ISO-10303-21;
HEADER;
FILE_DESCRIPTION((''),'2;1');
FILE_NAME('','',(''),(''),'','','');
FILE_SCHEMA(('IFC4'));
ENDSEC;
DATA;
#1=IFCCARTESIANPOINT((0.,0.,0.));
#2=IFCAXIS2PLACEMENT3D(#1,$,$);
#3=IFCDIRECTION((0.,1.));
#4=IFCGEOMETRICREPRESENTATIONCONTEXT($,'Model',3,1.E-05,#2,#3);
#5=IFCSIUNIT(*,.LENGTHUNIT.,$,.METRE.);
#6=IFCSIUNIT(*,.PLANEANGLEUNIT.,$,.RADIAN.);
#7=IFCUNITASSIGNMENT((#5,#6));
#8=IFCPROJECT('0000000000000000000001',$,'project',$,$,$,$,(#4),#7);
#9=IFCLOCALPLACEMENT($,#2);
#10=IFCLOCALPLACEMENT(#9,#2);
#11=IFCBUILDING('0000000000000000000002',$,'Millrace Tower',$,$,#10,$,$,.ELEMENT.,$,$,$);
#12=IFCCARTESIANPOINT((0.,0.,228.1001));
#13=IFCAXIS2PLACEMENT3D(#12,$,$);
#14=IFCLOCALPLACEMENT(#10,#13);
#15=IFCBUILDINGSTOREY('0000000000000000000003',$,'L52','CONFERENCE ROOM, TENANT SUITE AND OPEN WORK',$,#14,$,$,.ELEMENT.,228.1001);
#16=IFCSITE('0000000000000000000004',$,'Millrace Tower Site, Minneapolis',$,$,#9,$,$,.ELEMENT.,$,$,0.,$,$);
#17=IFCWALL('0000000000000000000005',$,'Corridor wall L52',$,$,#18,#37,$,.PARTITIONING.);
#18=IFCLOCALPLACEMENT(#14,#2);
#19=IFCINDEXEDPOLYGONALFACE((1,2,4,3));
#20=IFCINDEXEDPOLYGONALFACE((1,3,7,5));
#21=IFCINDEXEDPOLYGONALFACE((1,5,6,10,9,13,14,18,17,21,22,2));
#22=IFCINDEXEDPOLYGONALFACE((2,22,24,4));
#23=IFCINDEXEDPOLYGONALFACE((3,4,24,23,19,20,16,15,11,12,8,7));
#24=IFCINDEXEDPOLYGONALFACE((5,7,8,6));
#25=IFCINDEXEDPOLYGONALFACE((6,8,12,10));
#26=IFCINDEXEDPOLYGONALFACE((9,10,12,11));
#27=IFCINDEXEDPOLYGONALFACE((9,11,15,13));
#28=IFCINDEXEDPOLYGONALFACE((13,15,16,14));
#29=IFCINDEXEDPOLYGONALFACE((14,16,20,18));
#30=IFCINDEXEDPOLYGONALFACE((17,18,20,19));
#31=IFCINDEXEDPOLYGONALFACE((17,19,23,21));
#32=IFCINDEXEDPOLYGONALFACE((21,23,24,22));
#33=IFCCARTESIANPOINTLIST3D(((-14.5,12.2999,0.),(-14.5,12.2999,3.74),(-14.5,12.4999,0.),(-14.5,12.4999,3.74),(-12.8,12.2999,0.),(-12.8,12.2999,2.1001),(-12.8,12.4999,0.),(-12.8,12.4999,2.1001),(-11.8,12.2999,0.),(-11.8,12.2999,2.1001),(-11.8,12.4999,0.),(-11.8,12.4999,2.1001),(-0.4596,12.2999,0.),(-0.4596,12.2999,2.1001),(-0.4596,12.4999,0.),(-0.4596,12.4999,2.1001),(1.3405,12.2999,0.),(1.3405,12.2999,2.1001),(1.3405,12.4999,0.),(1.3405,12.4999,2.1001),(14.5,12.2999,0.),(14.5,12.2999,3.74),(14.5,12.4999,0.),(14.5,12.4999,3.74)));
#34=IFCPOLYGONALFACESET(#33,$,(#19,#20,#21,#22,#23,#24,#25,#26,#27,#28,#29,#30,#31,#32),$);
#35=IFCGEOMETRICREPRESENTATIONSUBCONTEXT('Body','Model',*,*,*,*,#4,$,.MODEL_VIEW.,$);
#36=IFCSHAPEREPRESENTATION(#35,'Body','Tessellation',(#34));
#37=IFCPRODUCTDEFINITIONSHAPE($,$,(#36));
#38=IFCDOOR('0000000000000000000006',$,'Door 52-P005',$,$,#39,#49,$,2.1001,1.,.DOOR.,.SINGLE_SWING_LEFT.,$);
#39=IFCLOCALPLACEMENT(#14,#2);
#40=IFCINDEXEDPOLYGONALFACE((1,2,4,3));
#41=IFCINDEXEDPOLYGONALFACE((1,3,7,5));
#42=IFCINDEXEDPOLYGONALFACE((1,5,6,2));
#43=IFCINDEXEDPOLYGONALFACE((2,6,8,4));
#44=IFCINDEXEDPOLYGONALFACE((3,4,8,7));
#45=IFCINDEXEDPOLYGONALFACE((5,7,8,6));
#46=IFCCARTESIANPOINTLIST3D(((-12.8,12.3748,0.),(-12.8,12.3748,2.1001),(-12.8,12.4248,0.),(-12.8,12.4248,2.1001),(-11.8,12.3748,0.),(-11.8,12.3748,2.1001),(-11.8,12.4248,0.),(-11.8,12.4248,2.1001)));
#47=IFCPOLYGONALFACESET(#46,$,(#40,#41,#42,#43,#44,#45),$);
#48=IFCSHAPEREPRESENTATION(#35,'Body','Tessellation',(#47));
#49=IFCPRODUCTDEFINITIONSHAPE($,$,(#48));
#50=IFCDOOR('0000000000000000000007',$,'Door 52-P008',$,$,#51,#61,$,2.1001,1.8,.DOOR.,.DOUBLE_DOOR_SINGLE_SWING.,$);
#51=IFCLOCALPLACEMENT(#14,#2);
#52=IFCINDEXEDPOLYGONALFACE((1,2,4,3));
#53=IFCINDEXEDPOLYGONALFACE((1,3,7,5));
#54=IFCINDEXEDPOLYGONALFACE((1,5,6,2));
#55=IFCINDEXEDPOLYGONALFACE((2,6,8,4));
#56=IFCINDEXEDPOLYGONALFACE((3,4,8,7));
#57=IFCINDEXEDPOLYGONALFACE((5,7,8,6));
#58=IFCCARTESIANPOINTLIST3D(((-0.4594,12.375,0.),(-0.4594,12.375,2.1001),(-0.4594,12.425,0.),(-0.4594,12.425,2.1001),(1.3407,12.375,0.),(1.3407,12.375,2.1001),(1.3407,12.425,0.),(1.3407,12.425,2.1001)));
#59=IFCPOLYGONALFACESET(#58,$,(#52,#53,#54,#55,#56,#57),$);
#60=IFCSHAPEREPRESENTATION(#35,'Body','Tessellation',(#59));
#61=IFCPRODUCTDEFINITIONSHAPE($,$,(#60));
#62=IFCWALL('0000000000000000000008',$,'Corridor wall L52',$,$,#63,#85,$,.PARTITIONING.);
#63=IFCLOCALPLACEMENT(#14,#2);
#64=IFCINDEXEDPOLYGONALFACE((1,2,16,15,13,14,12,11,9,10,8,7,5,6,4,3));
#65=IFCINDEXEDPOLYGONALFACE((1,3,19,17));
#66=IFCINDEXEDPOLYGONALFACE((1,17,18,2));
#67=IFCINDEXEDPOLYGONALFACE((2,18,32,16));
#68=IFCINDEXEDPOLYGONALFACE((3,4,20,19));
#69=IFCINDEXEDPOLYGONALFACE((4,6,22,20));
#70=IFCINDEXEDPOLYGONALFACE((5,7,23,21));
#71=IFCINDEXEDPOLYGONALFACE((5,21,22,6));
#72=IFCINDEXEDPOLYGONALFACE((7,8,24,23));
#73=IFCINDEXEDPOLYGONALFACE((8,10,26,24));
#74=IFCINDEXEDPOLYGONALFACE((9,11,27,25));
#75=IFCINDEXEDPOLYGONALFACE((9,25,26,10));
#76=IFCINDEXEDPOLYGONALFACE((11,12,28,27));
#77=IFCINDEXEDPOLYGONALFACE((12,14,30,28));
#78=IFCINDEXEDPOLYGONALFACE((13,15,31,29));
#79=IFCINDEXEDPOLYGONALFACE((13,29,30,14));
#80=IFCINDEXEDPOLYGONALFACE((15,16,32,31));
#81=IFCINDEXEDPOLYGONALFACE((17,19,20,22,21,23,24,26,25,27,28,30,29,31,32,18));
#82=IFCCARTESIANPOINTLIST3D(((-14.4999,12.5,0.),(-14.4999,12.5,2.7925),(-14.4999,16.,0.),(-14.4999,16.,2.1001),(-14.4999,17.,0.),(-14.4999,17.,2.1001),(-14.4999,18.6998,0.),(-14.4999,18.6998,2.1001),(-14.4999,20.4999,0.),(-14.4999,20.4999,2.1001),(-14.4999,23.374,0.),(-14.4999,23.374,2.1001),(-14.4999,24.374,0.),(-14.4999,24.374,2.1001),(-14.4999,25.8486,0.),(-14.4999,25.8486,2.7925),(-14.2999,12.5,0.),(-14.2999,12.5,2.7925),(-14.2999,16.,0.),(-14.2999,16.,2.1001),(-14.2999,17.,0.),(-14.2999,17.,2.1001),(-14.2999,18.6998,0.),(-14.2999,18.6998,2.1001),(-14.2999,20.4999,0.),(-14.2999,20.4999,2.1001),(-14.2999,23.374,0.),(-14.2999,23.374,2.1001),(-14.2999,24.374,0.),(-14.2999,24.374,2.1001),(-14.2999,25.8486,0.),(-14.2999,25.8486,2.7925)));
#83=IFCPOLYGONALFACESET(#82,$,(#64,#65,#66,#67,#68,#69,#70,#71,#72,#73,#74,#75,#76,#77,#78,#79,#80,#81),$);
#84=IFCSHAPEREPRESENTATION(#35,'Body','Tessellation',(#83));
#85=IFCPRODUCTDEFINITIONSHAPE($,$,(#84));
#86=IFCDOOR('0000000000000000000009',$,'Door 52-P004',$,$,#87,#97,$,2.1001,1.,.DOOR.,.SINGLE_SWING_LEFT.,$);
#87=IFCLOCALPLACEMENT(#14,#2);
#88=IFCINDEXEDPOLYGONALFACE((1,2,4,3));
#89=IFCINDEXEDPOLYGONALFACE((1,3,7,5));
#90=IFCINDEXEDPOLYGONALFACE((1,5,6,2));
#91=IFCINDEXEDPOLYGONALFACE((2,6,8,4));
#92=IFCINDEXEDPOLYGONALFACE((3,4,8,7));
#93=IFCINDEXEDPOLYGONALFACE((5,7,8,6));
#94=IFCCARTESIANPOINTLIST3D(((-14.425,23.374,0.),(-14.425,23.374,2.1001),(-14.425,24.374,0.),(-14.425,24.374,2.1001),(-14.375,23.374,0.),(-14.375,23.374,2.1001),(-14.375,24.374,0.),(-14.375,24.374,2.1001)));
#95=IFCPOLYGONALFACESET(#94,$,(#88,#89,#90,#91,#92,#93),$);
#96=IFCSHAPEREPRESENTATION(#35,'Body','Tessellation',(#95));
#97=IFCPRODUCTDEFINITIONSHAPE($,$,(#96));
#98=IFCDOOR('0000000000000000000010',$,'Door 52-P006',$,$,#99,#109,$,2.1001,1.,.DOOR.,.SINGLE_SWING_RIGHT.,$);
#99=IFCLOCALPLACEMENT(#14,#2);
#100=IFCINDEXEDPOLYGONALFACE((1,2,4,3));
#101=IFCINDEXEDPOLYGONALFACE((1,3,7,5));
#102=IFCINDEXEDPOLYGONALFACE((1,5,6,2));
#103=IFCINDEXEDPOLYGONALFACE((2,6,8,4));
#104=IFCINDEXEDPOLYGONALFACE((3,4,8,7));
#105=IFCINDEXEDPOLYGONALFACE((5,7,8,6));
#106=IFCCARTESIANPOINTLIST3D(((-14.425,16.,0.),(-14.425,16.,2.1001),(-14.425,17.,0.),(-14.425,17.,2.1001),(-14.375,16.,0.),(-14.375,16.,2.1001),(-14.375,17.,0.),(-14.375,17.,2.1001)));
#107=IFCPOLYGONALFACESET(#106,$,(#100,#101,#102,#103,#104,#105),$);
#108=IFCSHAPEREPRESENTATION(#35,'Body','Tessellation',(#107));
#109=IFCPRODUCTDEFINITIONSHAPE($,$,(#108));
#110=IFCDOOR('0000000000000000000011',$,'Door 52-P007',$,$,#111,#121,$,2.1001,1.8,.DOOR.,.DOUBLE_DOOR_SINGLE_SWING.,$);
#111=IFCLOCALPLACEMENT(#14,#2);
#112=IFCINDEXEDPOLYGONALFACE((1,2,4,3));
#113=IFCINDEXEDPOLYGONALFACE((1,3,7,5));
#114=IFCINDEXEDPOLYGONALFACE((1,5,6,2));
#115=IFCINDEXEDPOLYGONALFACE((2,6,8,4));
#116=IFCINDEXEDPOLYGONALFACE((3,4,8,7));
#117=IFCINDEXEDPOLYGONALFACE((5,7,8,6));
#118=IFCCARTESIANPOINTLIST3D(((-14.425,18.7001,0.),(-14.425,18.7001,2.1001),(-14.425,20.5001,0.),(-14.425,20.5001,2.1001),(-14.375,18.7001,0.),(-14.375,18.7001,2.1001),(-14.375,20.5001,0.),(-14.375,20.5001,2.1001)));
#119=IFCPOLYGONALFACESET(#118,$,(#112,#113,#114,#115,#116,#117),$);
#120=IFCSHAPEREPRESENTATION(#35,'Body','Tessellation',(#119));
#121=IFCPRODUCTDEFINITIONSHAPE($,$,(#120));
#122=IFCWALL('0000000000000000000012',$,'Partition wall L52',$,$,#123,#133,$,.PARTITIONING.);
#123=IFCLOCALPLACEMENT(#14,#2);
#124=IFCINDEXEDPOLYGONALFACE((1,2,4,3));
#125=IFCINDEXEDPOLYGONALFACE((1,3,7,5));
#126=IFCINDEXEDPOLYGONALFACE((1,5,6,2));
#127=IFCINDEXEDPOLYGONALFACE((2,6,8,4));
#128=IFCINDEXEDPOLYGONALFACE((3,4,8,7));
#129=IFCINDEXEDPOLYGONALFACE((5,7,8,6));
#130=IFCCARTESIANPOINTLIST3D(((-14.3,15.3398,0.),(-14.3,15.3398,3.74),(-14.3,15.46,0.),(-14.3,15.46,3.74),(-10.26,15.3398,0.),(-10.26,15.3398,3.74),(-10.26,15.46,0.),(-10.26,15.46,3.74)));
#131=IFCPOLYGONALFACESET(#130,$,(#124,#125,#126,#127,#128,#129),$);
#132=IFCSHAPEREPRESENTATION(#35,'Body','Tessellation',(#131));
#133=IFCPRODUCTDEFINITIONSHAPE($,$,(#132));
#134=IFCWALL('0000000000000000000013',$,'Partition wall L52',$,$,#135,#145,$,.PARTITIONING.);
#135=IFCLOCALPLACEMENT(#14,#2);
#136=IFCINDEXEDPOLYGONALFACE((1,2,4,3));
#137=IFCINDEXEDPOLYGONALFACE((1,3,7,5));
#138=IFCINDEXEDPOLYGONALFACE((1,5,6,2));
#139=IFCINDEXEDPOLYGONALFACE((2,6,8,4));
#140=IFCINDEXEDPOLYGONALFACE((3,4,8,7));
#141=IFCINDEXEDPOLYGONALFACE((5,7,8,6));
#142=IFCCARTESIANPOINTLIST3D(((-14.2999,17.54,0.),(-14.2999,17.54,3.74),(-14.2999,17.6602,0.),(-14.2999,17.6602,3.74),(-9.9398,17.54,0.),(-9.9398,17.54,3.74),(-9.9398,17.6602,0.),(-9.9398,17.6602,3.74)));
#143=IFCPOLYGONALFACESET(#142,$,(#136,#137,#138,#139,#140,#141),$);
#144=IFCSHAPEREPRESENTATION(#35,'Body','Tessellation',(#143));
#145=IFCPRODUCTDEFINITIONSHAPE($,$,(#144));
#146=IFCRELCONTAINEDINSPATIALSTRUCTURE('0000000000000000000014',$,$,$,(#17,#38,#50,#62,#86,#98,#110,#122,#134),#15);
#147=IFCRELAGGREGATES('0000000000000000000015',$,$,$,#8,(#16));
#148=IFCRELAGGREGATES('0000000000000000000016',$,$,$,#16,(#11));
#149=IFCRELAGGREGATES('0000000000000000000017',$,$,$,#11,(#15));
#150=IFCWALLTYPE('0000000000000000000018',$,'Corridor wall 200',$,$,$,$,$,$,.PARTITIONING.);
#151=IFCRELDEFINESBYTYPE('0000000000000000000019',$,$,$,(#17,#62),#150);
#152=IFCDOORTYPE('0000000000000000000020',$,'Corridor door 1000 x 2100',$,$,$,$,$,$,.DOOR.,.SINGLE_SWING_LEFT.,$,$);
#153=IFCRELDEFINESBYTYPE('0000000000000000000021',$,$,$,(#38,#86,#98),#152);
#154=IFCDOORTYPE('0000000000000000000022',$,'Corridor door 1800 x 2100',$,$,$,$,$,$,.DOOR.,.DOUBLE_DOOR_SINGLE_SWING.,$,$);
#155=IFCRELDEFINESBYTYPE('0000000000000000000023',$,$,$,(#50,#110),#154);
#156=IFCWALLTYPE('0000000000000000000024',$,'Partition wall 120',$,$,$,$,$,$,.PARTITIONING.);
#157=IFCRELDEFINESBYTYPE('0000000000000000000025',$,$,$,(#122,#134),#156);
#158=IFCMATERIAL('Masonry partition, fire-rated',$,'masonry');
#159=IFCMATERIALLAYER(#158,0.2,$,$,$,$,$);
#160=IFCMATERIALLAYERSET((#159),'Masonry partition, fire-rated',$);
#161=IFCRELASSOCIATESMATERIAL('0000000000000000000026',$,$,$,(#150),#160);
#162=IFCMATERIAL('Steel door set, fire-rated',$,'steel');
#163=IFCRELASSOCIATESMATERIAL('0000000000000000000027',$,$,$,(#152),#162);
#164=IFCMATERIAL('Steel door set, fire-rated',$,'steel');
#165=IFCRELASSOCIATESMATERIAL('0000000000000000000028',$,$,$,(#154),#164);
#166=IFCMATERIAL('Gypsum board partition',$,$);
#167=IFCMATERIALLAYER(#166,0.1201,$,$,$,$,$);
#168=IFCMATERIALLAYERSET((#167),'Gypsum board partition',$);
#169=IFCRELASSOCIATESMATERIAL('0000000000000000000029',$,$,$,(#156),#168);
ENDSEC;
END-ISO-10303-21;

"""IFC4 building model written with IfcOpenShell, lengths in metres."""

from ifc_helpers import new_model, si_unit, direction, frame, frame_2d, origin, place, context, subcontext, project, spatial, rectangle, extrude, material, layer, layer_set, type_object, element, fill, save


model = new_model("IFC4")

# Units and contexts
model_context = context("Model", 3, precision=1e-05, world=origin(), true_north=direction((0.0, 1.0)))
body_context = subcontext(model_context, "Body", "Model", "MODEL_VIEW")
ifc_project = project(units=[si_unit("LENGTHUNIT", "METRE"), si_unit("PLANEANGLEUNIT", "RADIAN")], contexts=[model_context])

# Site, building, storey
site_placement = place(None, origin())
site = spatial("IfcSite", under=ifc_project, at=site_placement, Name="Millrace Tower Site, Minneapolis", CompositionType="ELEMENT", RefElevation=0.0)
building_placement = place(site_placement, origin())
building = spatial("IfcBuilding", under=site, at=building_placement, Name="Millrace Tower", CompositionType="ELEMENT")
storey_placement = place(building_placement, frame((0.0, 0.0, 228.1001)))
storey = spatial("IfcBuildingStorey", under=building, at=storey_placement, Name="L52", Description="CONFERENCE ROOM, TENANT SUITE AND OPEN WORK", CompositionType="ELEMENT", Elevation=228.1001)

# Walls, openings, doors
ifc_material_1 = material(Name="Masonry partition, fire-rated", Category="masonry")
ifc_layer_1 = layer(ifc_material_1, 0.2)
ifc_layer_set_1 = layer_set([ifc_layer_1], Name="Masonry partition, fire-rated")
wall_type_1 = type_object("IfcWallType", Name="Corridor wall 200", PredefinedType="PARTITIONING", material=ifc_layer_set_1)
wall_1_placement = place(storey_placement, frame((-14.5, 12.3999, 0.0), z_axis=(0.0, 0.0, 1.0), x_axis=(1.0, 0.0, 0.0)))
wall_1 = element("IfcWall", 1, at=wall_1_placement, inside=storey, type_object=wall_type_1, Name="Corridor wall L52", PredefinedType="PARTITIONING", context=body_context, shape_type="SweptSolid", body=[
    extrude(rectangle(XDim=29.0, YDim=0.2, at=frame_2d((14.5, 0.0))), origin(), (0.0, 0.0, 1.0), 3.74),
])
opening_1_placement = place(wall_1_placement, frame((1.7, 0.0, 0.0)))
opening_1 = element("IfcOpeningElement", 2, at=opening_1_placement, cuts=wall_1, PredefinedType="OPENING", context=body_context, shape_type="SweptSolid", body=[
    extrude(rectangle(XDim=1.0, YDim=2.1001, at=frame_2d((0.5, 1.05))), frame((0.0, 0.1099, 0.0), z_axis=(0.0, -1.0, 0.0), x_axis=(1.0, 0.0, 0.0)), (0.0, 0.0, 1.0), 0.22),
])
opening_2_placement = place(wall_1_placement, frame((14.0405, 0.0, 0.0)))
opening_2 = element("IfcOpeningElement", 3, at=opening_2_placement, cuts=wall_1, PredefinedType="OPENING", context=body_context, shape_type="SweptSolid", body=[
    extrude(rectangle(XDim=1.8, YDim=2.1001, at=frame_2d((0.8999, 1.05))), frame((0.0, 0.1099, 0.0), z_axis=(0.0, -1.0, 0.0), x_axis=(1.0, 0.0, 0.0)), (0.0, 0.0, 1.0), 0.22),
])
ifc_material_2 = material(Name="Steel door set, fire-rated", Category="steel")
door_type_1 = type_object("IfcDoorType", Name="Corridor door 1000 x 2100", OperationType="SINGLE_SWING_LEFT", PredefinedType="DOOR", material=ifc_material_2)
door_1_placement = place(opening_1_placement, origin())
door_1 = element("IfcDoor", 4, at=door_1_placement, inside=storey, type_object=door_type_1, Name="Door 52-P005", OperationType="SINGLE_SWING_LEFT", OverallHeight=2.1001, OverallWidth=1.0, PredefinedType="DOOR", context=body_context, shape_type="SweptSolid", body=[
    extrude(rectangle(XDim=1.0, YDim=2.1001, at=frame_2d((0.5, 1.05))), frame((0.0, 0.0249, 0.0), z_axis=(0.0, -1.0, 0.0), x_axis=(1.0, 0.0, 0.0)), (0.0, 0.0, 1.0), 0.05),
])
fill(opening_1, door_1)
ifc_material_3 = material(Name="Steel door set, fire-rated", Category="steel")
door_type_2 = type_object("IfcDoorType", Name="Corridor door 1800 x 2100", OperationType="DOUBLE_DOOR_SINGLE_SWING", PredefinedType="DOOR", material=ifc_material_3)
door_2_placement = place(opening_2_placement, frame((1.8, 0.0, 0.0), z_axis=(0.0, 0.0, 1.0), x_axis=(-1.0, 0.0, 0.0)))
door_2 = element("IfcDoor", 5, at=door_2_placement, inside=storey, type_object=door_type_2, Name="Door 52-P008", OperationType="DOUBLE_DOOR_SINGLE_SWING", OverallHeight=2.1001, OverallWidth=1.8, PredefinedType="DOOR", context=body_context, shape_type="SweptSolid", body=[
    extrude(rectangle(XDim=1.8, YDim=2.1001, at=frame_2d((0.8999, 1.05))), frame((0.0, 0.0249, 0.0), z_axis=(0.0, -1.0, 0.0), x_axis=(1.0, 0.0, 0.0)), (0.0, 0.0, 1.0), 0.05),
])
fill(opening_2, door_2)
wall_2_placement = place(storey_placement, frame((-14.3999, 12.5, 0.0), z_axis=(0.0, 0.0, 1.0), x_axis=(0.0, 1.0, 0.0)))
wall_2 = element("IfcWall", 6, at=wall_2_placement, inside=storey, type_object=wall_type_1, Name="Corridor wall L52", PredefinedType="PARTITIONING", context=body_context, shape_type="SweptSolid", body=[
    extrude(rectangle(XDim=13.3486, YDim=0.2, at=frame_2d((6.6743, 0.0))), origin(), (0.0, 0.0, 1.0), 2.7925),
])
opening_3_placement = place(wall_2_placement, frame((10.874, 0.0, 0.0)))
opening_3 = element("IfcOpeningElement", 7, at=opening_3_placement, cuts=wall_2, PredefinedType="OPENING", context=body_context, shape_type="SweptSolid", body=[
    extrude(rectangle(XDim=1.0, YDim=2.1001, at=frame_2d((0.5, 1.05))), frame((0.0, 0.1099, 0.0), z_axis=(0.0, -1.0, 0.0), x_axis=(1.0, 0.0, 0.0)), (0.0, 0.0, 1.0), 0.22),
])
opening_4_placement = place(wall_2_placement, frame((3.5, 0.0, 0.0)))
opening_4 = element("IfcOpeningElement", 8, at=opening_4_placement, cuts=wall_2, PredefinedType="OPENING", context=body_context, shape_type="SweptSolid", body=[
    extrude(rectangle(XDim=1.0, YDim=2.1001, at=frame_2d((0.5, 1.05))), frame((0.0, 0.1099, 0.0), z_axis=(0.0, -1.0, 0.0), x_axis=(1.0, 0.0, 0.0)), (0.0, 0.0, 1.0), 0.22),
])
opening_5_placement = place(wall_2_placement, frame((6.2, 0.0, 0.0)))
opening_5 = element("IfcOpeningElement", 9, at=opening_5_placement, cuts=wall_2, PredefinedType="OPENING", context=body_context, shape_type="SweptSolid", body=[
    extrude(rectangle(XDim=1.8, YDim=2.1001, at=frame_2d((0.8999, 1.05))), frame((0.0, 0.1099, 0.0), z_axis=(0.0, -1.0, 0.0), x_axis=(1.0, 0.0, 0.0)), (0.0, 0.0, 1.0), 0.22),
])
door_3_placement = place(opening_3_placement, frame((1.0, 0.0, 0.0), z_axis=(0.0, 0.0, 1.0), x_axis=(-1.0, 0.0, 0.0)))
door_3 = element("IfcDoor", 10, at=door_3_placement, inside=storey, type_object=door_type_1, Name="Door 52-P004", OperationType="SINGLE_SWING_LEFT", OverallHeight=2.1001, OverallWidth=1.0, PredefinedType="DOOR", context=body_context, shape_type="SweptSolid", body=[
    extrude(rectangle(XDim=1.0, YDim=2.1001, at=frame_2d((0.5, 1.05))), frame((0.0, 0.0249, 0.0), z_axis=(0.0, -1.0, 0.0), x_axis=(1.0, 0.0, 0.0)), (0.0, 0.0, 1.0), 0.05),
])
fill(opening_3, door_3)
door_4_placement = place(opening_4_placement, frame((1.0, 0.0, 0.0), z_axis=(0.0, 0.0, 1.0), x_axis=(-1.0, 0.0, 0.0)))
door_4 = element("IfcDoor", 11, at=door_4_placement, inside=storey, type_object=door_type_1, Name="Door 52-P006", OperationType="SINGLE_SWING_RIGHT", OverallHeight=2.1001, OverallWidth=1.0, PredefinedType="DOOR", context=body_context, shape_type="SweptSolid", body=[
    extrude(rectangle(XDim=1.0, YDim=2.1001, at=frame_2d((0.5, 1.05))), frame((0.0, 0.0249, 0.0), z_axis=(0.0, -1.0, 0.0), x_axis=(1.0, 0.0, 0.0)), (0.0, 0.0, 1.0), 0.05),
])
fill(opening_4, door_4)
door_5_placement = place(opening_5_placement, frame((1.8, 0.0, 0.0), z_axis=(0.0, 0.0, 1.0), x_axis=(-1.0, 0.0, 0.0)))
door_5 = element("IfcDoor", 12, at=door_5_placement, inside=storey, type_object=door_type_2, Name="Door 52-P007", OperationType="DOUBLE_DOOR_SINGLE_SWING", OverallHeight=2.1001, OverallWidth=1.8, PredefinedType="DOOR", context=body_context, shape_type="SweptSolid", body=[
    extrude(rectangle(XDim=1.8, YDim=2.1001, at=frame_2d((0.8999, 1.05))), frame((0.0, 0.0249, 0.0), z_axis=(0.0, -1.0, 0.0), x_axis=(1.0, 0.0, 0.0)), (0.0, 0.0, 1.0), 0.05),
])
fill(opening_5, door_5)

# Walls
ifc_material_4 = material(Name="Gypsum board partition")
ifc_layer_2 = layer(ifc_material_4, 0.1201)
ifc_layer_set_2 = layer_set([ifc_layer_2], Name="Gypsum board partition")
wall_type_2 = type_object("IfcWallType", Name="Partition wall 120", PredefinedType="PARTITIONING", material=ifc_layer_set_2)
wall_3_placement = place(storey_placement, frame((-14.3, 15.3999, 0.0), z_axis=(0.0, 0.0, 1.0), x_axis=(1.0, 0.0, 0.0)))
element("IfcWall", 13, at=wall_3_placement, inside=storey, type_object=wall_type_2, Name="Partition wall L52", PredefinedType="PARTITIONING", context=body_context, shape_type="SweptSolid", body=[
    extrude(rectangle(XDim=4.04, YDim=0.1201, at=frame_2d((2.02, 0.0))), origin(), (0.0, 0.0, 1.0), 3.74),
])
wall_4_placement = place(storey_placement, frame((-14.3, 17.6001, 0.0), z_axis=(0.0, 0.0, 1.0), x_axis=(1.0, 0.0, 0.0)))
element("IfcWall", 14, at=wall_4_placement, inside=storey, type_object=wall_type_2, Name="Partition wall L52", PredefinedType="PARTITIONING", context=body_context, shape_type="SweptSolid", body=[
    extrude(rectangle(XDim=4.3601, YDim=0.1201, at=frame_2d((2.1802, 0.0))), origin(), (0.0, 0.0, 1.0), 3.74),
])

save(model, "model.ifc")
